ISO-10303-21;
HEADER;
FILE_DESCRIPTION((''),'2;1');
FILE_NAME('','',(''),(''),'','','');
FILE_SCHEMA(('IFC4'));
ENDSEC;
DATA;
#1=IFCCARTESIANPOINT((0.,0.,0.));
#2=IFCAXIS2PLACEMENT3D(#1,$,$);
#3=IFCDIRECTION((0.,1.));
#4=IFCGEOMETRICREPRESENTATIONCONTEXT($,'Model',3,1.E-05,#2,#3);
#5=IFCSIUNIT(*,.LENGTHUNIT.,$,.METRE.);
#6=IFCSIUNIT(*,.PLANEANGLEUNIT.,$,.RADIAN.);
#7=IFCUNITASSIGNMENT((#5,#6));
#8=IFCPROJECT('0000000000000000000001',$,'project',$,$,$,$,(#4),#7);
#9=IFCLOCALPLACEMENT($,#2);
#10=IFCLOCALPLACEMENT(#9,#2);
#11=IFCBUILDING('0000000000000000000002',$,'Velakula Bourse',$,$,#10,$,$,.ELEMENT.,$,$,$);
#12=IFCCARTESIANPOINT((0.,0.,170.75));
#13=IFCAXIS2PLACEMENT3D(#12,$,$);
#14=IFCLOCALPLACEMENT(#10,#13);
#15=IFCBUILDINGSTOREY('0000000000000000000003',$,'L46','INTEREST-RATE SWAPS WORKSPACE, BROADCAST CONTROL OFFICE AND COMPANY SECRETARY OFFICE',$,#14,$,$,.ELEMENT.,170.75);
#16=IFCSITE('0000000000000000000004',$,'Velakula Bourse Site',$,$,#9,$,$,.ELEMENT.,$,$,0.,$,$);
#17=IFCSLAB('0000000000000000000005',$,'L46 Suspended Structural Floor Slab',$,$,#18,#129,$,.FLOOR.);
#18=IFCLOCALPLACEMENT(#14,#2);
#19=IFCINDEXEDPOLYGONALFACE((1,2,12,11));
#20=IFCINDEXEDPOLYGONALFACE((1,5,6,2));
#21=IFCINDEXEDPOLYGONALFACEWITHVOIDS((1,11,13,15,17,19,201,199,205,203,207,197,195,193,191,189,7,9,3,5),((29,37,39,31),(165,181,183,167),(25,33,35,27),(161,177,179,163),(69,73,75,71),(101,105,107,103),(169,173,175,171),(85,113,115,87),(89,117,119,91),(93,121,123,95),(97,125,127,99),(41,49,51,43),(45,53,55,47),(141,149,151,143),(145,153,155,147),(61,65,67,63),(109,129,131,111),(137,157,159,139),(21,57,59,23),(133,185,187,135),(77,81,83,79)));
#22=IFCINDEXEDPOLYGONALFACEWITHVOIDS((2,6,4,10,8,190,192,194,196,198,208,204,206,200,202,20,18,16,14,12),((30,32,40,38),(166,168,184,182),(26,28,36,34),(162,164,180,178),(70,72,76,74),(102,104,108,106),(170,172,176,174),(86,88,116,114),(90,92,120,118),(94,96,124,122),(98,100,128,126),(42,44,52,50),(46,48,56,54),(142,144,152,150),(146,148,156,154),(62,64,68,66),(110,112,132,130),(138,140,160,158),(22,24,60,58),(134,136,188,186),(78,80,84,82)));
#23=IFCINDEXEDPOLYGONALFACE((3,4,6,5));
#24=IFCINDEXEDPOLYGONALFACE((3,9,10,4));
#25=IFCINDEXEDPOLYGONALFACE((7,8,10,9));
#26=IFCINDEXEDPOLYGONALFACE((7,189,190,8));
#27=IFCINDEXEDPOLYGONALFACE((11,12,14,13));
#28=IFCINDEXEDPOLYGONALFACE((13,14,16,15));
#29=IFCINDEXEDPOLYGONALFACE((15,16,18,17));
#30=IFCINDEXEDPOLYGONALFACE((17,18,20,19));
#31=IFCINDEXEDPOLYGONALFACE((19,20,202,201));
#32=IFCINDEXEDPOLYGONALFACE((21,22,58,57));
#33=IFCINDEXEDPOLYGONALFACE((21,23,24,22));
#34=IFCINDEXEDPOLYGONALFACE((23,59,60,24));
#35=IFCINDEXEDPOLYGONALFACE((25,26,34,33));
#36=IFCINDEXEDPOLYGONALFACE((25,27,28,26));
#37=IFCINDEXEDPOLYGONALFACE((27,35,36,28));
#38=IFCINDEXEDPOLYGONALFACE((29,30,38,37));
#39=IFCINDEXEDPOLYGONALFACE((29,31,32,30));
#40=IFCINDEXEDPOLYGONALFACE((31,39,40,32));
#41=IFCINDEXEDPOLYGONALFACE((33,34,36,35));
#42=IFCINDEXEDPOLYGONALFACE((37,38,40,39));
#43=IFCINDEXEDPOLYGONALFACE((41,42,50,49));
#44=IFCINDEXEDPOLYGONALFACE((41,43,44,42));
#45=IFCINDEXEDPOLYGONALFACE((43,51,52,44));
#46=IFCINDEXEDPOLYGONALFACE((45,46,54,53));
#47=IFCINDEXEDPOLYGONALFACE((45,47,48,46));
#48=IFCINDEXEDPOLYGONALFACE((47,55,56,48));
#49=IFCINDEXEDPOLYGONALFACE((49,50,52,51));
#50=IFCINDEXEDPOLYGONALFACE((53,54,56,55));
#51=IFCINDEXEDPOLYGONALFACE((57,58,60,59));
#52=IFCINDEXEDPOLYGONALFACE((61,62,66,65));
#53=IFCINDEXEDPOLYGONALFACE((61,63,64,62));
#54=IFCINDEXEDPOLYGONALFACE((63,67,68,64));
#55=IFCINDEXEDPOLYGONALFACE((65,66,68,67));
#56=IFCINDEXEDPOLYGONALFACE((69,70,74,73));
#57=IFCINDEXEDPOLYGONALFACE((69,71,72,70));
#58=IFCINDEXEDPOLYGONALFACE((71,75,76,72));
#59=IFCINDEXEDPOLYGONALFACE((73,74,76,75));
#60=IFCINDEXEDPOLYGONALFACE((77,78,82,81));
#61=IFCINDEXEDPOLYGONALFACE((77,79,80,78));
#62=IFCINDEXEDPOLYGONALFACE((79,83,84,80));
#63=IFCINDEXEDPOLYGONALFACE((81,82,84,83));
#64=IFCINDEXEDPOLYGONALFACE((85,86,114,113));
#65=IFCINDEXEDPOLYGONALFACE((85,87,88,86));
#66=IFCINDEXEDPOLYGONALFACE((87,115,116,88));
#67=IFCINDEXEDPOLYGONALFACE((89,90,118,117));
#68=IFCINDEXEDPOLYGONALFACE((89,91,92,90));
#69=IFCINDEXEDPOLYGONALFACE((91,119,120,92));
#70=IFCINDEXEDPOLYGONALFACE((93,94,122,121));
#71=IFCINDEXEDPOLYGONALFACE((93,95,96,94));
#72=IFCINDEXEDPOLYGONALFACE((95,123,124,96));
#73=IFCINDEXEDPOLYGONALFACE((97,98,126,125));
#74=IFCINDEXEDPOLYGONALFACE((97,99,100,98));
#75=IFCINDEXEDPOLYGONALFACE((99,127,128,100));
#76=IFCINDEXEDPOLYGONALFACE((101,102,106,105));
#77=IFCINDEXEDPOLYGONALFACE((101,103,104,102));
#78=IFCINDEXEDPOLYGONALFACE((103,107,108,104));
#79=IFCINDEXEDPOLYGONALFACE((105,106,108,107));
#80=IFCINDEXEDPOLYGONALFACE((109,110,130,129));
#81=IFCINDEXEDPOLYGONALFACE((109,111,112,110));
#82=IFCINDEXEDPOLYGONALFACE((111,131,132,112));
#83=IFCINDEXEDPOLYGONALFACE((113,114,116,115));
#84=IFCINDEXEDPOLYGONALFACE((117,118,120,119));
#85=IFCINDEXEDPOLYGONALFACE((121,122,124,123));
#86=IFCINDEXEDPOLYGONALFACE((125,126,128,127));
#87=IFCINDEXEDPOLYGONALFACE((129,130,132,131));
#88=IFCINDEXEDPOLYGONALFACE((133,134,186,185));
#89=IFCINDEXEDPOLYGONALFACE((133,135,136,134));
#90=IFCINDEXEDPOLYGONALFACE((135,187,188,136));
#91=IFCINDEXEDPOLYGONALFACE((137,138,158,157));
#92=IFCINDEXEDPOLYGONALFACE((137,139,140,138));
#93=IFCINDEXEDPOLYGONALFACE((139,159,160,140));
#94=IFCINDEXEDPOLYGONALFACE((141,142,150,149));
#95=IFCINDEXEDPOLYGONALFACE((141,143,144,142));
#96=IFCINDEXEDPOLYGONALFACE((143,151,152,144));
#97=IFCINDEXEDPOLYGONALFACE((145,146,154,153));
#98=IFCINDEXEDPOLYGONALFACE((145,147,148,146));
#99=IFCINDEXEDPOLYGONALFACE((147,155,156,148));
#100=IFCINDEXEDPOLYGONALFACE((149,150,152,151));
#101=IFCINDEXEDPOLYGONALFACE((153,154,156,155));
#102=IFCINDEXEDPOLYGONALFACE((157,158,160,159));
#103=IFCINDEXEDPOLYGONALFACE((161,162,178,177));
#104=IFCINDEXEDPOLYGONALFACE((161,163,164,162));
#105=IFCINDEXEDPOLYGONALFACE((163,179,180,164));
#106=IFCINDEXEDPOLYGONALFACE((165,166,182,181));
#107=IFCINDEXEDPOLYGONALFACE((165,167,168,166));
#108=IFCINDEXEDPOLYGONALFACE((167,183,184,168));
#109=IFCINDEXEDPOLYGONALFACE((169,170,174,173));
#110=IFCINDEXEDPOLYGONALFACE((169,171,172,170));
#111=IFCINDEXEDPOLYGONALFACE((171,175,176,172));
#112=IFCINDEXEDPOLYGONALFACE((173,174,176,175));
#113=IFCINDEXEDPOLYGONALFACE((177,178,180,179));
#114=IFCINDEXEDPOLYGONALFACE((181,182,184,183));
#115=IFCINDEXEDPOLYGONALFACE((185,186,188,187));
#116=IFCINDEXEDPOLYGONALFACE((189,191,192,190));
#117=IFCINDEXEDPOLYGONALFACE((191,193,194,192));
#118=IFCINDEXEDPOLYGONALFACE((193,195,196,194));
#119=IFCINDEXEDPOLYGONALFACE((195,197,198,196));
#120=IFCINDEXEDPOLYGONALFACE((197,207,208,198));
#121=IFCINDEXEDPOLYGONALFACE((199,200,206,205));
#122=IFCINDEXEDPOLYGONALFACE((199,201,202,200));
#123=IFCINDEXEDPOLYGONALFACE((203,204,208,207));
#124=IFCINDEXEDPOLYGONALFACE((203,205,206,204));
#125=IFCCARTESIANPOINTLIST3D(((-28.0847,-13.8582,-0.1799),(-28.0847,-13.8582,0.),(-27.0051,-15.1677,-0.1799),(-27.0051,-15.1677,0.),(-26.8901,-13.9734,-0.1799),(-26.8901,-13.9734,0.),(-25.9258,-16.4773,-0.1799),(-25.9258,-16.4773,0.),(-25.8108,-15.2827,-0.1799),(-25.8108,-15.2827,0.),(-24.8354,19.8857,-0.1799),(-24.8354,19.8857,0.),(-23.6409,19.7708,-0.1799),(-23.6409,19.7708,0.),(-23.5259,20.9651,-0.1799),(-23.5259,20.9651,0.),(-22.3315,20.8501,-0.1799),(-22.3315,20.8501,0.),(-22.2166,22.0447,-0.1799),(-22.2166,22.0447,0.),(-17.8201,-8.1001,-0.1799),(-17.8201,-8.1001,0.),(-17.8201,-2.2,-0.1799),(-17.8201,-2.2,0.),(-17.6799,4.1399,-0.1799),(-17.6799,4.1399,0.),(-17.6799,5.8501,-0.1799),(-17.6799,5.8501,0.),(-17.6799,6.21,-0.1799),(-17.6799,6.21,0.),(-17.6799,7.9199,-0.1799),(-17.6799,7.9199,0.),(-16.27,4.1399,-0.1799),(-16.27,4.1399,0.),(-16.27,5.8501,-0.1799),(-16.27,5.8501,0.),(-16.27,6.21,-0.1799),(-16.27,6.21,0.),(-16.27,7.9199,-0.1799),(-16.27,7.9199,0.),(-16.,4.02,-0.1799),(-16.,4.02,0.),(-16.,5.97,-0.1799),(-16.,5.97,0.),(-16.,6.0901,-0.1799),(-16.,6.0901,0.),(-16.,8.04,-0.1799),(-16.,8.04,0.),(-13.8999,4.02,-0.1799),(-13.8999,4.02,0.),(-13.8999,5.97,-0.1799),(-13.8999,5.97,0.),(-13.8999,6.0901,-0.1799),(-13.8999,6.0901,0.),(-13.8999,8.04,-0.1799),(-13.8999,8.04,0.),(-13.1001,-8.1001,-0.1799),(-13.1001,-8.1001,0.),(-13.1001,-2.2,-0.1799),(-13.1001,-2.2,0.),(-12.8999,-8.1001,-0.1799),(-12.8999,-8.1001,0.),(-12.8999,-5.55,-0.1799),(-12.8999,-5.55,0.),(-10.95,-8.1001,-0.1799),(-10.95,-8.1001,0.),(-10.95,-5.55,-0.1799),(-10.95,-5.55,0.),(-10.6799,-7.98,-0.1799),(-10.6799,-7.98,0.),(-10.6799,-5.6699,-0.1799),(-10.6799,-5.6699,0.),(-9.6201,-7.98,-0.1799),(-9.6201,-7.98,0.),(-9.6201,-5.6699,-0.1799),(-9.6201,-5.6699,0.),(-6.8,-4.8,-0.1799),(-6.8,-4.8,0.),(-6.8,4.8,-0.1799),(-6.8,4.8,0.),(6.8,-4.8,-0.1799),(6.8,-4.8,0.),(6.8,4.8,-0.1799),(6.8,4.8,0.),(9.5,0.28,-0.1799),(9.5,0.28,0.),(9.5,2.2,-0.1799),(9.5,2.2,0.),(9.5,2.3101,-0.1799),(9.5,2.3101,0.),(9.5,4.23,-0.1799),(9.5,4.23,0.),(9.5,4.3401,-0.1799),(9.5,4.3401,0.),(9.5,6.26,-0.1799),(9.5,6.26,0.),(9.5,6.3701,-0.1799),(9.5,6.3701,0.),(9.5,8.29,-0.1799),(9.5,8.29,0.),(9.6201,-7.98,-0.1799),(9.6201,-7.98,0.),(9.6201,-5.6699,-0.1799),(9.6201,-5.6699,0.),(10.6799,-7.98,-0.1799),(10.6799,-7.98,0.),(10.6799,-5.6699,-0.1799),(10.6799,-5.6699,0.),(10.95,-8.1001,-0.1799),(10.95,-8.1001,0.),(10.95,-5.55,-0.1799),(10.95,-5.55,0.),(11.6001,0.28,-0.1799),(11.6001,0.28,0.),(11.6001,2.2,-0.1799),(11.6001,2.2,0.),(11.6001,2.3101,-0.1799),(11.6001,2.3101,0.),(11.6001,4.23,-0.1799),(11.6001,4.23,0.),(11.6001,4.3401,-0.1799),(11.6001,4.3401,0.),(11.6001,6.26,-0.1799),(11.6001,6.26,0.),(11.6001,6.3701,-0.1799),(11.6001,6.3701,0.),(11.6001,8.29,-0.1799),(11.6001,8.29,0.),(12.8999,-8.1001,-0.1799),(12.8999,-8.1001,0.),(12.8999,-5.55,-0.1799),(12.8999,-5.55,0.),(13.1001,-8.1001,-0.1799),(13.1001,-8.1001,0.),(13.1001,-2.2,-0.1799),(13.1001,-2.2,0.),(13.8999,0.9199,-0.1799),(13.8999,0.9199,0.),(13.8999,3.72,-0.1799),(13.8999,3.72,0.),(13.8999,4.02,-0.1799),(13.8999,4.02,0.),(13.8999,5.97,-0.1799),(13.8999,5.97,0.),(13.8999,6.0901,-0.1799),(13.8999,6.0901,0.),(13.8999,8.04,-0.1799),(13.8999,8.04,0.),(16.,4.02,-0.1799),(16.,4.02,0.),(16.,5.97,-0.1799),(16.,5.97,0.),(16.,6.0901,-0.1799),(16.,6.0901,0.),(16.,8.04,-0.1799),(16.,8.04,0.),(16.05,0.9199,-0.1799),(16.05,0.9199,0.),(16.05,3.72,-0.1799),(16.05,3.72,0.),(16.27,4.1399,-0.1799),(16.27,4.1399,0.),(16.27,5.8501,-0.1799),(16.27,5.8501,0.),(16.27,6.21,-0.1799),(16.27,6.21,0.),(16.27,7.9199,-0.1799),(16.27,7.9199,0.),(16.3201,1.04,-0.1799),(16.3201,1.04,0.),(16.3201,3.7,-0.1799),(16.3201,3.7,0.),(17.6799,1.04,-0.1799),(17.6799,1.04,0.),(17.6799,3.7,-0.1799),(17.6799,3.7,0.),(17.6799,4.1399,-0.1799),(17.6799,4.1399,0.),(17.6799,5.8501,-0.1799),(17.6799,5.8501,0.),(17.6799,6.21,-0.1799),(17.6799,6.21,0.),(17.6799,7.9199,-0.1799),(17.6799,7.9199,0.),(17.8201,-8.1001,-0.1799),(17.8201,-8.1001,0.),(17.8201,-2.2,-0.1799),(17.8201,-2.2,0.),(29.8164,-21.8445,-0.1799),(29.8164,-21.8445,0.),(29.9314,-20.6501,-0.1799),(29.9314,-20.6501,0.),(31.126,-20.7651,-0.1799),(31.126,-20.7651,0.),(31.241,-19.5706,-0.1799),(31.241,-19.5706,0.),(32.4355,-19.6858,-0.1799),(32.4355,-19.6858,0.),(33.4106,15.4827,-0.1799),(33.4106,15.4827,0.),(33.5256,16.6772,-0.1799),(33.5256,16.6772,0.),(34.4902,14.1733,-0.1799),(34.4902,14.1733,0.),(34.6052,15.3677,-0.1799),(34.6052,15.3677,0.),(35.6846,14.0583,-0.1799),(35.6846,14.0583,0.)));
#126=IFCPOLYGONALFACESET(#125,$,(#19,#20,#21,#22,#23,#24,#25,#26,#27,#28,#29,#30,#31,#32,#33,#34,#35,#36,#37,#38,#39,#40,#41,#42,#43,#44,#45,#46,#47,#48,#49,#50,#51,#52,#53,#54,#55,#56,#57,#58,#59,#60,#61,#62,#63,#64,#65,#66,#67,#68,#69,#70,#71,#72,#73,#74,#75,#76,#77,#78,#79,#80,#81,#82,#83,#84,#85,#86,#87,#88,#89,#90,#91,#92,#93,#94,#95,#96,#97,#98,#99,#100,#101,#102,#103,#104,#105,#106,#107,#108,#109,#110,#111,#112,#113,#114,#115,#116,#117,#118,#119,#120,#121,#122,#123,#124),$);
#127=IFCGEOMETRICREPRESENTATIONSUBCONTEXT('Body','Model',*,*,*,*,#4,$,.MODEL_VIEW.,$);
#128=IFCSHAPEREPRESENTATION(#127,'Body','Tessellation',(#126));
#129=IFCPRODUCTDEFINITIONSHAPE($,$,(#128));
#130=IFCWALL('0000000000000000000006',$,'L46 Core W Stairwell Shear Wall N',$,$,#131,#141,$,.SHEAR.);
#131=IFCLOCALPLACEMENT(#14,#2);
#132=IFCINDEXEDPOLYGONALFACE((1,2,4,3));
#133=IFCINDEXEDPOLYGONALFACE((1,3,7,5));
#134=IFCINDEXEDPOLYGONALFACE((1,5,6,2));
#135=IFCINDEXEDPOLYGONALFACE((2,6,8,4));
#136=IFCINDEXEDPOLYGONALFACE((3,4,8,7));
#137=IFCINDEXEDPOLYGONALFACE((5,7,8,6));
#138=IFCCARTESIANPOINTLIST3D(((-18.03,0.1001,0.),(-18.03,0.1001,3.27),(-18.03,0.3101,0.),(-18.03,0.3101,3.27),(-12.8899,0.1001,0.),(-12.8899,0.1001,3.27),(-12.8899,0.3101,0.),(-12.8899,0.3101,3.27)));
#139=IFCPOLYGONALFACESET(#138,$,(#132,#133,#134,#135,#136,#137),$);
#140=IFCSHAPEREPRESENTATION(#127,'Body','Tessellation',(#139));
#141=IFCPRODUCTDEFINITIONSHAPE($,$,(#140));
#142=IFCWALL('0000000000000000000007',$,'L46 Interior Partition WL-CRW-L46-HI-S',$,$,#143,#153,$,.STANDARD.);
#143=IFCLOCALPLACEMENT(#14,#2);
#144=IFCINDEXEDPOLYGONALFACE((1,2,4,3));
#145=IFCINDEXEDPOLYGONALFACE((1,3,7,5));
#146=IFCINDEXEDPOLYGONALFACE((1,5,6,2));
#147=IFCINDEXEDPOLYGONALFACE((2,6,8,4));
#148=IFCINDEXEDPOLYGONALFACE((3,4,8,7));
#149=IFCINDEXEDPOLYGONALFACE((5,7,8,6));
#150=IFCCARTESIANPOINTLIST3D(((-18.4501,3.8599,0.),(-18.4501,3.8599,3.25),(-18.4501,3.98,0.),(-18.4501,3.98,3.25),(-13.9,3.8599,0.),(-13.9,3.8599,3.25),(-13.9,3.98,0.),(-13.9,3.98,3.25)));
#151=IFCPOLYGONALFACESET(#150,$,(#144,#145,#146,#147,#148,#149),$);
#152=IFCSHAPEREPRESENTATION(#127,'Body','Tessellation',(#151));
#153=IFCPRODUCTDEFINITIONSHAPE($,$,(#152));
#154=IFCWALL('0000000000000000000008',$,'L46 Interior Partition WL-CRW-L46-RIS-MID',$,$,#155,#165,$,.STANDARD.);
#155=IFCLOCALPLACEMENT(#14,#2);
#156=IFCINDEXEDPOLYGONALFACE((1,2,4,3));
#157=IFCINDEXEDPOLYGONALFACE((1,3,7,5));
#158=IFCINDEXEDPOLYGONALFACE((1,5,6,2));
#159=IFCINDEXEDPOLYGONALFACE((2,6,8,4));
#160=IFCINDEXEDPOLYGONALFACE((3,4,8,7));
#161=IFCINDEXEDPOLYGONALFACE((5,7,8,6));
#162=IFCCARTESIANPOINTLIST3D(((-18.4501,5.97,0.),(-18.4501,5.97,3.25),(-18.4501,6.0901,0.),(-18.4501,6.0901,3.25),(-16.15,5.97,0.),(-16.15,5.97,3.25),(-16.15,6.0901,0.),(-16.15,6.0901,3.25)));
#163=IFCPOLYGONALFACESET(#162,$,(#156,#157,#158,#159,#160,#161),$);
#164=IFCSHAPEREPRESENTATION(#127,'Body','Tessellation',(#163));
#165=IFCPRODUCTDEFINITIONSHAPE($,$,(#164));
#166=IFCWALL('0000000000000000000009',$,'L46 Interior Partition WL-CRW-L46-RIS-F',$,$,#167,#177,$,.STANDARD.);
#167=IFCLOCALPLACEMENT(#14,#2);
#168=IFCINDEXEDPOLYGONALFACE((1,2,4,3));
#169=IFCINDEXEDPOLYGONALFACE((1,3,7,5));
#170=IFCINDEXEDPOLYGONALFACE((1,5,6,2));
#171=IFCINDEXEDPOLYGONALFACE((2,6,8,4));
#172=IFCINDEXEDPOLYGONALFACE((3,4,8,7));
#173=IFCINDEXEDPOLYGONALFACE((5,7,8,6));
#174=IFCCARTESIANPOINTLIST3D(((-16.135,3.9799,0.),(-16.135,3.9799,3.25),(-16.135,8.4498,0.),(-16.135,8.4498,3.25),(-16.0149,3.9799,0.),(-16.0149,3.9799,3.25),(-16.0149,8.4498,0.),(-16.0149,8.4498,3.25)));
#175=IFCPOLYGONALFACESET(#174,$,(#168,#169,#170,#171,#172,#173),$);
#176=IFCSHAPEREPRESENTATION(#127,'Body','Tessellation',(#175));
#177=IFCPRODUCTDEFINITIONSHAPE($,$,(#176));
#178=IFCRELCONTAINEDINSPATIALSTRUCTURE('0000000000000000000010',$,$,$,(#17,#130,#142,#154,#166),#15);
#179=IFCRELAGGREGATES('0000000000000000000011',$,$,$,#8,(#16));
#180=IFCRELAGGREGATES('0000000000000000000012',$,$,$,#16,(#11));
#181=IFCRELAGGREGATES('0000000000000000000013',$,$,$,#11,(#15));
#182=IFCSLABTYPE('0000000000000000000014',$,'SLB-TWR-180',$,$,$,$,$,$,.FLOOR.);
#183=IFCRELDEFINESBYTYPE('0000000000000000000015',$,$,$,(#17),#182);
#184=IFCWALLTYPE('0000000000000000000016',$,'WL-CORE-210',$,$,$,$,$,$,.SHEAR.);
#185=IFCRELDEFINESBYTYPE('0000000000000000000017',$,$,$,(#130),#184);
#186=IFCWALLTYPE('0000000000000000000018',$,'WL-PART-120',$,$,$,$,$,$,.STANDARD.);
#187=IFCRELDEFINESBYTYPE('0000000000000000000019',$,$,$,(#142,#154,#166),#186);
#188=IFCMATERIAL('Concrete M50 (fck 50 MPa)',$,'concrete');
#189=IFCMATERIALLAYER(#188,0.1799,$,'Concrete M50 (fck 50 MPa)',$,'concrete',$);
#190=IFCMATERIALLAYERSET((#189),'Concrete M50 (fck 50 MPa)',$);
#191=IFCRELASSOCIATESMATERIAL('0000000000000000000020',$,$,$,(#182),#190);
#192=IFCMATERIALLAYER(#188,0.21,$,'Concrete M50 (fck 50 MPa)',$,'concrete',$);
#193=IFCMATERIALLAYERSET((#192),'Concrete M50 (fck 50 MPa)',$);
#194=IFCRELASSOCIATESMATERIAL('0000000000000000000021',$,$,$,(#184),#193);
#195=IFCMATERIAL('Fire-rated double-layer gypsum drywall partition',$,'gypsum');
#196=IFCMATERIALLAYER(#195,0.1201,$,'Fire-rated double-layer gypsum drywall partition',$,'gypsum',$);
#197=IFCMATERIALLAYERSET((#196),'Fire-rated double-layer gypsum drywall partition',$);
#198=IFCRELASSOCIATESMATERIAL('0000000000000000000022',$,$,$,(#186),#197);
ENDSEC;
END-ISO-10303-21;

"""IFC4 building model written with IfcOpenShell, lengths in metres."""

from ifc_helpers import new_model, si_unit, direction, frame, frame_2d, origin, place, context, subcontext, project, spatial, polyline, rectangle, outline, extrude, material, layer, layer_set, type_object, element, save


model = new_model("IFC4")

# Units and contexts
model_context = context("Model", 3, precision=1e-05, world=origin(), true_north=direction((0.0, 1.0)))
body_context = subcontext(model_context, "Body", "Model", "MODEL_VIEW")
ifc_project = project(units=[si_unit("LENGTHUNIT", "METRE"), si_unit("PLANEANGLEUNIT", "RADIAN")], contexts=[model_context])

# Site, building, storey
site_placement = place(None, origin())
site = spatial("IfcSite", under=ifc_project, at=site_placement, Name="Velakula Bourse Site", CompositionType="ELEMENT", RefElevation=0.0)
building_placement = place(site_placement, origin())
building = spatial("IfcBuilding", under=site, at=building_placement, Name="Velakula Bourse", CompositionType="ELEMENT")
storey_placement = place(building_placement, frame((0.0, 0.0, 170.75)))
storey = spatial("IfcBuildingStorey", under=building, at=storey_placement, Name="L46", Description="INTEREST-RATE SWAPS WORKSPACE, BROADCAST CONTROL OFFICE AND COMPANY SECRETARY OFFICE", CompositionType="ELEMENT", Elevation=170.75)

# Slab
ifc_material_1 = material(Name="Concrete M50 (fck 50 MPa)", Category="concrete")
ifc_layer_1 = layer(ifc_material_1, 0.1799, Name="Concrete M50 (fck 50 MPa)", Category="concrete")
ifc_layer_set_1 = layer_set([ifc_layer_1], Name="Concrete M50 (fck 50 MPa)")
slab_type_1 = type_object("IfcSlabType", Name="SLB-TWR-180", PredefinedType="FLOOR", material=ifc_layer_set_1)
slab_1_placement = place(storey_placement, frame((0.0, 0.0, -0.1799)))
element("IfcSlab", 1, at=slab_1_placement, inside=storey, type_object=slab_type_1, Name="L46 Suspended Structural Floor Slab", PredefinedType="FLOOR", context=body_context, shape_type="SweptSolid", body=[
    extrude(outline(polyline([(-25.9258, -16.4773), (29.8164, -21.8445), (29.9314, -20.6501), (31.126, -20.7651), (31.241, -19.5706), (32.4355, -19.6858), (35.6846, 14.0583), (34.4902, 14.1733), (34.6052, 15.3677), (33.4106, 15.4827), (33.5256, 16.6772), (-22.2166, 22.0447), (-22.3315, 20.8501), (-23.5259, 20.9651), (-23.6409, 19.7708), (-24.8354, 19.8857), (-28.0847, -13.8582), (-26.8901, -13.9734), (-27.0051, -15.1677), (-25.8108, -15.2827), (-25.9258, -16.4773)]), holes=[polyline([(-17.8201, -8.1001), (-13.1001, -8.1001), (-13.1001, -2.2), (-17.8201, -2.2), (-17.8201, -8.1001)]), polyline([(13.1001, -8.1001), (17.8201, -8.1001), (17.8201, -2.2), (13.1001, -2.2), (13.1001, -8.1001)]), polyline([(-12.8999, -8.1001), (-10.95, -8.1001), (-10.95, -5.55), (-12.8999, -5.55), (-12.8999, -8.1001)]), polyline([(10.95, -8.1001), (12.8999, -8.1001), (12.8999, -5.55), (10.95, -5.55), (10.95, -8.1001)]), polyline([(13.8999, 0.9199), (16.05, 0.9199), (16.05, 3.72), (13.8999, 3.72), (13.8999, 0.9199)]), polyline([(-10.6799, -7.98), (-9.6201, -7.98), (-9.6201, -5.6699), (-10.6799, -5.6699), (-10.6799, -7.98)]), polyline([(-17.6799, 4.1399), (-16.27, 4.1399), (-16.27, 5.8501), (-17.6799, 5.8501), (-17.6799, 4.1399)]), polyline([(-17.6799, 6.21), (-16.27, 6.21), (-16.27, 7.9199), (-17.6799, 7.9199), (-17.6799, 6.21)]), polyline([(9.6201, -7.98), (10.6799, -7.98), (10.6799, -5.6699), (9.6201, -5.6699), (9.6201, -7.98)]), polyline([(16.27, 4.1399), (17.6799, 4.1399), (17.6799, 5.8501), (16.27, 5.8501), (16.27, 4.1399)]), polyline([(16.27, 6.21), (17.6799, 6.21), (17.6799, 7.9199), (16.27, 7.9199), (16.27, 6.21)]), polyline([(16.3201, 1.04), (17.6799, 1.04), (17.6799, 3.7), (16.3201, 3.7), (16.3201, 1.04)]), polyline([(9.5, 0.28), (11.6001, 0.28), (11.6001, 2.2), (9.5, 2.2), (9.5, 0.28)]), polyline([(9.5, 2.3101), (11.6001, 2.3101), (11.6001, 4.23), (9.5, 4.23), (9.5, 2.3101)]), polyline([(9.5, 4.3401), (11.6001, 4.3401), (11.6001, 6.26), (9.5, 6.26), (9.5, 4.3401)]), polyline([(9.5, 6.3701), (11.6001, 6.3701), (11.6001, 8.29), (9.5, 8.29), (9.5, 6.3701)]), polyline([(-16.0, 4.02), (-13.8999, 4.02), (-13.8999, 5.97), (-16.0, 5.97), (-16.0, 4.02)]), polyline([(-16.0, 6.0901), (-13.8999, 6.0901), (-13.8999, 8.04), (-16.0, 8.04), (-16.0, 6.0901)]), polyline([(13.8999, 4.02), (16.0, 4.02), (16.0, 5.97), (13.8999, 5.97), (13.8999, 4.02)]), polyline([(13.8999, 6.0901), (16.0, 6.0901), (16.0, 8.04), (13.8999, 8.04), (13.8999, 6.0901)]), polyline([(-6.8, -4.8), (6.8, -4.8), (6.8, 4.8), (-6.8, 4.8), (-6.8, -4.8)])]), origin(), (0.0, 0.0, 1.0), 0.1799),
])

# Walls
ifc_layer_2 = layer(ifc_material_1, 0.21, Name="Concrete M50 (fck 50 MPa)", Category="concrete")
ifc_layer_set_2 = layer_set([ifc_layer_2], Name="Concrete M50 (fck 50 MPa)")
wall_type_1 = type_object("IfcWallType", Name="WL-CORE-210", PredefinedType="SHEAR", material=ifc_layer_set_2)
wall_1_placement = place(storey_placement, frame((-12.8899, 0.2051, 0.0), z_axis=(0.0, 0.0, 1.0), x_axis=(-1.0, 0.0, 0.0)))
element("IfcWall", 2, at=wall_1_placement, inside=storey, type_object=wall_type_1, Name="L46 Core W Stairwell Shear Wall N", PredefinedType="SHEAR", context=body_context, shape_type="SweptSolid", body=[
    extrude(rectangle(XDim=5.1401, YDim=0.21, at=frame_2d((2.5701, 0.0))), origin(), (0.0, 0.0, 1.0), 3.27),
])
ifc_material_2 = material(Name="Fire-rated double-layer gypsum drywall partition", Category="gypsum")
ifc_layer_3 = layer(ifc_material_2, 0.1201, Name="Fire-rated double-layer gypsum drywall partition", Category="gypsum")
ifc_layer_set_3 = layer_set([ifc_layer_3], Name="Fire-rated double-layer gypsum drywall partition")
wall_type_2 = type_object("IfcWallType", Name="WL-PART-120", PredefinedType="STANDARD", material=ifc_layer_set_3)
wall_2_placement = place(storey_placement, frame((-18.45, 3.9199, 0.0), z_axis=(0.0, 0.0, 1.0), x_axis=(1.0, 0.0, 0.0)))
element("IfcWall", 3, at=wall_2_placement, inside=storey, type_object=wall_type_2, Name="L46 Interior Partition WL-CRW-L46-HI-S", PredefinedType="STANDARD", context=body_context, shape_type="SweptSolid", body=[
    extrude(rectangle(XDim=4.55, YDim=0.1201, at=frame_2d((2.2749, 0.0))), origin(), (0.0, 0.0, 1.0), 3.25),
])
wall_3_placement = place(storey_placement, frame((-18.45, 6.03, 0.0), z_axis=(0.0, 0.0, 1.0), x_axis=(1.0, 0.0, 0.0)))
element("IfcWall", 4, at=wall_3_placement, inside=storey, type_object=wall_type_2, Name="L46 Interior Partition WL-CRW-L46-RIS-MID", PredefinedType="STANDARD", context=body_context, shape_type="SweptSolid", body=[
    extrude(rectangle(XDim=2.3, YDim=0.1201, at=frame_2d((1.1499, 0.0))), origin(), (0.0, 0.0, 1.0), 3.25),
])
wall_4_placement = place(storey_placement, frame((-16.075, 3.98, 0.0), z_axis=(0.0, 0.0, 1.0), x_axis=(0.0, 1.0, 0.0)))
element("IfcWall", 5, at=wall_4_placement, inside=storey, type_object=wall_type_2, Name="L46 Interior Partition WL-CRW-L46-RIS-F", PredefinedType="STANDARD", context=body_context, shape_type="SweptSolid", body=[
    extrude(rectangle(XDim=4.47, YDim=0.1201, at=frame_2d((2.2349, 0.0))), origin(), (0.0, 0.0, 1.0), 3.25),
])

save(model, "model.ifc")
